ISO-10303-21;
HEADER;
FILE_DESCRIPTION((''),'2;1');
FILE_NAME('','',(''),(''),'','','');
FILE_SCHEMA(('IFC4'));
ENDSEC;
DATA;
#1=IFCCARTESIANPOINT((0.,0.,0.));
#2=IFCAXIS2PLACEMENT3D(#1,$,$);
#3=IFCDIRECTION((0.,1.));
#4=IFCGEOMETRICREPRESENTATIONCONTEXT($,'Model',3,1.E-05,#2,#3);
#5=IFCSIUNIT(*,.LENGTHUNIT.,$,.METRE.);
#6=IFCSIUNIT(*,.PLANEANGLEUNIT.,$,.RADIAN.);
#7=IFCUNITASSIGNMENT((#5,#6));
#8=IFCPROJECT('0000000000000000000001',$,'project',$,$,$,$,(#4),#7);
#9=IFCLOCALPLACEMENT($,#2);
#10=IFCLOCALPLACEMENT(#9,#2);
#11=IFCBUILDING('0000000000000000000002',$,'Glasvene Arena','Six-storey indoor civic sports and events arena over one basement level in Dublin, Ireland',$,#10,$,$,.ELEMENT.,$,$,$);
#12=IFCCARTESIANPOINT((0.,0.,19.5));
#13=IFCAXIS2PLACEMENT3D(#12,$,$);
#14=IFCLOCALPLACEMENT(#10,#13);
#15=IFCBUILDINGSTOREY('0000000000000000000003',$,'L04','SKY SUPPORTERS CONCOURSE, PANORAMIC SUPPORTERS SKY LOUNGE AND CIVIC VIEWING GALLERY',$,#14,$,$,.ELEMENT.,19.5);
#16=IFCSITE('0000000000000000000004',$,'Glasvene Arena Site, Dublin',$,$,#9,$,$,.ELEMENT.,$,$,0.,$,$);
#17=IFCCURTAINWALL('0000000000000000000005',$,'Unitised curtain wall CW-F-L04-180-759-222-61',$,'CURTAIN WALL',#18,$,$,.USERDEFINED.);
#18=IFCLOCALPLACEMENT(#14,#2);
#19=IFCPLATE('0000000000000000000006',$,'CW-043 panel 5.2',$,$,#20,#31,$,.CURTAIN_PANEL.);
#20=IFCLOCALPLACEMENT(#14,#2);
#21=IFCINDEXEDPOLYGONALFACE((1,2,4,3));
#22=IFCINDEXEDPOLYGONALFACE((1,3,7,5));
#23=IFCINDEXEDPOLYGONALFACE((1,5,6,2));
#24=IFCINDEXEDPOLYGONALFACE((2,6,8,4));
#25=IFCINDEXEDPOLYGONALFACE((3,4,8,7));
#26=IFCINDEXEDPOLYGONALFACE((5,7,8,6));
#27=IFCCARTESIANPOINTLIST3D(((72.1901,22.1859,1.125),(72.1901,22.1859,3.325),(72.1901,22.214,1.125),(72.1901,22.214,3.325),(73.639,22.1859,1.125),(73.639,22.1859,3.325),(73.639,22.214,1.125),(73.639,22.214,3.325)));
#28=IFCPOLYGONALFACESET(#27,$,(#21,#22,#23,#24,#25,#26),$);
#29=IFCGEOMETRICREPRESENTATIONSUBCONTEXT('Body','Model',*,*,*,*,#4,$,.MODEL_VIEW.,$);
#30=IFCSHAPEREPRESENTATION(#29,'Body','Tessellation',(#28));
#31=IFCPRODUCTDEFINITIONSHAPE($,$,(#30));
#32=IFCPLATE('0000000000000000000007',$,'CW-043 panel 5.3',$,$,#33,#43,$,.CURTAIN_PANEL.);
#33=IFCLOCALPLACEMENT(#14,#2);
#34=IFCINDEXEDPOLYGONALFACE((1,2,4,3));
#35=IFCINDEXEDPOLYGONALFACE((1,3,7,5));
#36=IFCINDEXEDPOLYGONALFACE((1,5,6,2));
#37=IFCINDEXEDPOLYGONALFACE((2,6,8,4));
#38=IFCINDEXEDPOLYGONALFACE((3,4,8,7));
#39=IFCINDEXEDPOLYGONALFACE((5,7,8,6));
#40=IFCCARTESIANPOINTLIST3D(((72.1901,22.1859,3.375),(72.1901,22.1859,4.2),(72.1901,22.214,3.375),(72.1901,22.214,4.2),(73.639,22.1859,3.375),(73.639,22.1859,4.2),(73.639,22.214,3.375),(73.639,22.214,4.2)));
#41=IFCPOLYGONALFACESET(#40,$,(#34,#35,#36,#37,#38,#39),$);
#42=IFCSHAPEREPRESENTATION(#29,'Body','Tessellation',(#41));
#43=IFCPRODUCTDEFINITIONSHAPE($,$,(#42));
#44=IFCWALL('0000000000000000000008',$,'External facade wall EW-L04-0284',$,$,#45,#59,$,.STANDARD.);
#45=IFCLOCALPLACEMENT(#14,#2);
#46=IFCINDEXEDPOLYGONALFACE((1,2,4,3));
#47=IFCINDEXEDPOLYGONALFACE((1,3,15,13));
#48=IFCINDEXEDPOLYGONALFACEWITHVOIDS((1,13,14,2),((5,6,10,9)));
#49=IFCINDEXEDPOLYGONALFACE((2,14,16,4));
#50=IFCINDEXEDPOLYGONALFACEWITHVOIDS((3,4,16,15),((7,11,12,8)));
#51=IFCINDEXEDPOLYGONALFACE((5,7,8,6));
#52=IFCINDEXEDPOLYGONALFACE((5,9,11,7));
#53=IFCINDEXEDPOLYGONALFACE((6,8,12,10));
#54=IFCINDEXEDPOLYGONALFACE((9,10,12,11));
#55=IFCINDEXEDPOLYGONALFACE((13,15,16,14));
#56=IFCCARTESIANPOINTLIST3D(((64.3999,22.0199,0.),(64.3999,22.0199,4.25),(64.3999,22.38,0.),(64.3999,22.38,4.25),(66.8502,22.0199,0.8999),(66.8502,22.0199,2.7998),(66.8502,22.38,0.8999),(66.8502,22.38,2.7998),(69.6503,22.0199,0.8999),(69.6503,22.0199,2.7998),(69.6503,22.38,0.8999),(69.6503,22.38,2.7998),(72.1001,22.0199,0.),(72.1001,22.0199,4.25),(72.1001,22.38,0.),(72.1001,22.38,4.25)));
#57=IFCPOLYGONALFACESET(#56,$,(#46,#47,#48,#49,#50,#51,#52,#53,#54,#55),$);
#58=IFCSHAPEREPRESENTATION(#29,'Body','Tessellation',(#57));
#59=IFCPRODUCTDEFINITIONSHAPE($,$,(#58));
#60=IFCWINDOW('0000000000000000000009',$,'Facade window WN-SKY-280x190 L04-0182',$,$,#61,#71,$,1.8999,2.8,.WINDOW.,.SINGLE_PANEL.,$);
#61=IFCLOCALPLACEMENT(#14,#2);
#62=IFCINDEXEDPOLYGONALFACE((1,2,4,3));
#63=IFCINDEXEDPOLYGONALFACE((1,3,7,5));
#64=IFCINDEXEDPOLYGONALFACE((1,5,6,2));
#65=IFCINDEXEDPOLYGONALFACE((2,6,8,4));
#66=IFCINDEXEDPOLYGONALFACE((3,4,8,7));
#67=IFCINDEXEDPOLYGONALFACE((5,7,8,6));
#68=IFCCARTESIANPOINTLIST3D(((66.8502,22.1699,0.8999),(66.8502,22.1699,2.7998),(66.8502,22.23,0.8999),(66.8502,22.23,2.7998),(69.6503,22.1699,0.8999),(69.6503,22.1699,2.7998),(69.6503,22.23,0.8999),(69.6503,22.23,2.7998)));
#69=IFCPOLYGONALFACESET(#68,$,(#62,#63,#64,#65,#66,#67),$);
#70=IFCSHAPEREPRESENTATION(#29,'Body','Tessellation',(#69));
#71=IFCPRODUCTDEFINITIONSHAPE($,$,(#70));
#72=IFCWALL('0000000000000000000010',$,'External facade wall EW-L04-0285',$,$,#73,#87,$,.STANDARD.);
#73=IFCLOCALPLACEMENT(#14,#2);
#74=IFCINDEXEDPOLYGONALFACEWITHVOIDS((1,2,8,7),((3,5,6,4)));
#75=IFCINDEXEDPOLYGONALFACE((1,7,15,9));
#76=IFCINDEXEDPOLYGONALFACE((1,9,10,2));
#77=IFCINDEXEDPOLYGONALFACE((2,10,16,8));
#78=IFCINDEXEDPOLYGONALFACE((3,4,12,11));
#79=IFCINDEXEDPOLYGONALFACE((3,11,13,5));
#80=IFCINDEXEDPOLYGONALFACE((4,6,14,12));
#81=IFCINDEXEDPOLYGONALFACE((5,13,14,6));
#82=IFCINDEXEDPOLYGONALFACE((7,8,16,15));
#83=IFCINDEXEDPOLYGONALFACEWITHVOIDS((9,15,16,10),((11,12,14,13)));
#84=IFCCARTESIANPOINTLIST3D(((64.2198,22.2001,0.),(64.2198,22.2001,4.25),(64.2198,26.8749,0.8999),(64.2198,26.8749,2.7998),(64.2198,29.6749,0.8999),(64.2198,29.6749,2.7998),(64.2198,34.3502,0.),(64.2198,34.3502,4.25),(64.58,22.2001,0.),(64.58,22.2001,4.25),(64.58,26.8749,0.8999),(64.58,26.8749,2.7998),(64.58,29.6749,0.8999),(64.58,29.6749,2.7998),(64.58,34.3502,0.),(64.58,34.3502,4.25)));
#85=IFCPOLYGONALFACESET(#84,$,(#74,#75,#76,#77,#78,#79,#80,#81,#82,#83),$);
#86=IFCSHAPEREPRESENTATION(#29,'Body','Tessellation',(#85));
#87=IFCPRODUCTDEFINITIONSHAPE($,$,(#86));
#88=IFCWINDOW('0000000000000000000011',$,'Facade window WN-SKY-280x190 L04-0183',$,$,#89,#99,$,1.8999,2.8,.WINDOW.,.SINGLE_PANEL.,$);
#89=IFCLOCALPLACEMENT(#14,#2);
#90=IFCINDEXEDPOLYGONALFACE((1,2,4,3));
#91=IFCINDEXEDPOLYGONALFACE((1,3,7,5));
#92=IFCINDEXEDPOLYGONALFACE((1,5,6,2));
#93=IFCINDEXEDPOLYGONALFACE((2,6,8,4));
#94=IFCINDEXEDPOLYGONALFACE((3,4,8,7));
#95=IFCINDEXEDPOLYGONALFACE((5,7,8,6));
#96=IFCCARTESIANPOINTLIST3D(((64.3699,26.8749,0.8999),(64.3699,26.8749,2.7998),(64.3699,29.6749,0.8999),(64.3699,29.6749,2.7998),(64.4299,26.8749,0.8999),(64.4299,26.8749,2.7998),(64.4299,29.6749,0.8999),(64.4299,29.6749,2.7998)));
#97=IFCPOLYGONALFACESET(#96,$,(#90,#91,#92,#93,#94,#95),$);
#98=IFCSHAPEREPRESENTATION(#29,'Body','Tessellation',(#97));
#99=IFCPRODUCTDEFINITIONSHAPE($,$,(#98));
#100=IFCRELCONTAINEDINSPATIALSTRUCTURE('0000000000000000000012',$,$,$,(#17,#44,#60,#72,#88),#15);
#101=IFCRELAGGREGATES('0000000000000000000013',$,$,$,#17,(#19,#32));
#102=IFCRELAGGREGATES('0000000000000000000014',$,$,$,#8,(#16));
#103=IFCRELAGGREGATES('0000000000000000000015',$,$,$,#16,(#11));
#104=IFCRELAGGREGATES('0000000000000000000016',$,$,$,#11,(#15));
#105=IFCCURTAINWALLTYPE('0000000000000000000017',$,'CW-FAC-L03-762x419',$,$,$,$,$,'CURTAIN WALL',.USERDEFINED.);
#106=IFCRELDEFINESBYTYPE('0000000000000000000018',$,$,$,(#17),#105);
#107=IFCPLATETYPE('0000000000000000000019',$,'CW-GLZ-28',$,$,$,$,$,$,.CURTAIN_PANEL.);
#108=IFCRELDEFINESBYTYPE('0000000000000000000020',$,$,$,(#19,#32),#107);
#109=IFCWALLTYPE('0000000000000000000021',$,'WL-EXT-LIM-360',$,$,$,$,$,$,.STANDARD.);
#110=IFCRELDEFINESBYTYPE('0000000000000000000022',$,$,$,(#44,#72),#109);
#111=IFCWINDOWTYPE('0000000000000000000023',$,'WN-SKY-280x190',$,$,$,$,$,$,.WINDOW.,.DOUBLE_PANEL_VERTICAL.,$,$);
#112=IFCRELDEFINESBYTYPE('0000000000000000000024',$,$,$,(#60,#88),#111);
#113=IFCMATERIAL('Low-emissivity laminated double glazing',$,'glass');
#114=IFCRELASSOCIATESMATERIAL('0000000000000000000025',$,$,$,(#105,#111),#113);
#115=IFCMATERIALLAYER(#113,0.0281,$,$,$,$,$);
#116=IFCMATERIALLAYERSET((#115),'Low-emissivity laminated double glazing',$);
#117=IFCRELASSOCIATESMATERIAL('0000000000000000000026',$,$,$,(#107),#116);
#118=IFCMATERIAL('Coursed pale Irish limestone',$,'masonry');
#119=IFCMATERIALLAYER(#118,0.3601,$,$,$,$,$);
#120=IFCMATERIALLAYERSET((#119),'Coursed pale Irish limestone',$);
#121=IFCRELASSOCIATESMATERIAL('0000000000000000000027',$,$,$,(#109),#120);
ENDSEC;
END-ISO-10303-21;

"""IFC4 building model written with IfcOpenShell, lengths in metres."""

from ifc_helpers import new_model, si_unit, direction, frame, frame_2d, origin, origin_2d, place, context, subcontext, project, spatial, rectangle, extrude, material, layer, layer_set, type_object, element, fill, aggregate, save


model = new_model("IFC4")

# Units and contexts
model_context = context("Model", 3, precision=1e-05, world=origin(), true_north=direction((0.0, 1.0)))
body_context = subcontext(model_context, "Body", "Model", "MODEL_VIEW")
ifc_project = project(units=[si_unit("LENGTHUNIT", "METRE"), si_unit("PLANEANGLEUNIT", "RADIAN")], contexts=[model_context])

# Site, building, storey
site_placement = place(None, origin())
site = spatial("IfcSite", under=ifc_project, at=site_placement, Name="Glasvene Arena Site, Dublin", CompositionType="ELEMENT", RefElevation=0.0)
building_placement = place(site_placement, origin())
building = spatial("IfcBuilding", under=site, at=building_placement, Name="Glasvene Arena", Description="Six-storey indoor civic sports and events arena over one basement level in Dublin, Ireland", CompositionType="ELEMENT")
storey_placement = place(building_placement, frame((0.0, 0.0, 19.5)))
storey = spatial("IfcBuildingStorey", under=building, at=storey_placement, Name="L04", Description="SKY SUPPORTERS CONCOURSE, PANORAMIC SUPPORTERS SKY LOUNGE AND CIVIC VIEWING GALLERY", CompositionType="ELEMENT", Elevation=19.5)

# Curtain wall, plates
ifc_material_1 = material(Name="Low-emissivity laminated double glazing", Category="glass")
curtain_wall_type = type_object("IfcCurtainWallType", Name="CW-FAC-L03-762x419", ElementType="CURTAIN WALL", PredefinedType="USERDEFINED", material=ifc_material_1)
curtain_wall_placement = place(storey_placement, frame((79.76, 22.2, 0.0)))
curtain_wall = element("IfcCurtainWall", 1, at=curtain_wall_placement, inside=storey, type_object=curtain_wall_type, Name="Unitised curtain wall CW-F-L04-180-759-222-61", ObjectType="CURTAIN WALL", PredefinedType="USERDEFINED")
ifc_layer_1 = layer(ifc_material_1, 0.0281)
ifc_layer_set_1 = layer_set([ifc_layer_1], Name="Low-emissivity laminated double glazing")
plate_type = type_object("IfcPlateType", Name="CW-GLZ-28", PredefinedType="CURTAIN_PANEL", material=ifc_layer_set_1)
plate_1_placement = place(storey_placement, frame((72.9146, 22.2, 1.125), z_axis=(0.0, 0.0, 1.0), x_axis=(-1.0, 0.0, 0.0)))
plate_1 = element("IfcPlate", 2, at=plate_1_placement, type_object=plate_type, Name="CW-043 panel 5.2", PredefinedType="CURTAIN_PANEL", context=body_context, shape_type="SweptSolid", body=[
    extrude(rectangle(XDim=1.449, YDim=0.0281, at=origin_2d()), origin(), (0.0, 0.0, 1.0), 2.2),
])
plate_2_placement = place(storey_placement, frame((72.9146, 22.2, 3.375), z_axis=(0.0, 0.0, 1.0), x_axis=(-1.0, 0.0, 0.0)))
plate_2 = element("IfcPlate", 3, at=plate_2_placement, type_object=plate_type, Name="CW-043 panel 5.3", PredefinedType="CURTAIN_PANEL", context=body_context, shape_type="SweptSolid", body=[
    extrude(rectangle(XDim=1.449, YDim=0.0281, at=origin_2d()), origin(), (0.0, 0.0, 1.0), 0.825),
])
aggregate(curtain_wall, [plate_1, plate_2])

# Walls, openings, windows
ifc_material_2 = material(Name="Coursed pale Irish limestone", Category="masonry")
ifc_layer_2 = layer(ifc_material_2, 0.3601)
ifc_layer_set_2 = layer_set([ifc_layer_2], Name="Coursed pale Irish limestone")
wall_type = type_object("IfcWallType", Name="WL-EXT-LIM-360", PredefinedType="STANDARD", material=ifc_layer_set_2)
wall_1_placement = place(storey_placement, frame((72.1001, 22.2, 0.0), z_axis=(0.0, 0.0, 1.0), x_axis=(-1.0, 0.0, 0.0)))
wall_1 = element("IfcWall", 4, at=wall_1_placement, inside=storey, type_object=wall_type, Name="External facade wall EW-L04-0284", PredefinedType="STANDARD", context=body_context, shape_type="SweptSolid", body=[
    extrude(rectangle(XDim=7.7002, YDim=0.3601, at=frame_2d((3.8501, 0.0))), origin(), (0.0, 0.0, 1.0), 4.25),
])
opening_1_placement = place(wall_1_placement, frame((2.45, 0.0, 0.8999)))
opening_1 = element("IfcOpeningElement", 5, at=opening_1_placement, cuts=wall_1, PredefinedType="OPENING", context=body_context, shape_type="SweptSolid", body=[
    extrude(rectangle(XDim=2.8, YDim=1.8999, at=frame_2d((1.3999, 0.95))), frame((0.0, 0.1899, 0.0), z_axis=(0.0, -1.0, 0.0), x_axis=(1.0, 0.0, 0.0)), (0.0, 0.0, 1.0), 0.3801),
])
window_type = type_object("IfcWindowType", Name="WN-SKY-280x190", PartitioningType="DOUBLE_PANEL_VERTICAL", PredefinedType="WINDOW", material=ifc_material_1)
window_1_placement = place(opening_1_placement, origin())
window_1 = element("IfcWindow", 6, at=window_1_placement, inside=storey, type_object=window_type, Name="Facade window WN-SKY-280x190 L04-0182", OverallHeight=1.8999, OverallWidth=2.8, PartitioningType="SINGLE_PANEL", PredefinedType="WINDOW", context=body_context, shape_type="SweptSolid", body=[
    extrude(rectangle(XDim=2.8, YDim=1.8999, at=frame_2d((1.3999, 0.95))), frame((0.0, 0.03, 0.0), z_axis=(0.0, -1.0, 0.0), x_axis=(1.0, 0.0, 0.0)), (0.0, 0.0, 1.0), 0.0601),
])
fill(opening_1, window_1)
wall_2_placement = place(storey_placement, frame((64.3999, 22.2, 0.0), z_axis=(0.0, 0.0, 1.0), x_axis=(0.0, 1.0, 0.0)))
wall_2 = element("IfcWall", 7, at=wall_2_placement, inside=storey, type_object=wall_type, Name="External facade wall EW-L04-0285", PredefinedType="STANDARD", context=body_context, shape_type="SweptSolid", body=[
    extrude(rectangle(XDim=12.1501, YDim=0.3601, at=frame_2d((6.0752, 0.0))), origin(), (0.0, 0.0, 1.0), 4.25),
])
opening_2_placement = place(wall_2_placement, frame((4.675, 0.0, 0.8999)))
opening_2 = element("IfcOpeningElement", 8, at=opening_2_placement, cuts=wall_2, PredefinedType="OPENING", context=body_context, shape_type="SweptSolid", body=[
    extrude(rectangle(XDim=2.8, YDim=1.8999, at=frame_2d((1.3999, 0.95))), frame((0.0, 0.1899, 0.0), z_axis=(0.0, -1.0, 0.0), x_axis=(1.0, 0.0, 0.0)), (0.0, 0.0, 1.0), 0.3801),
])
window_2_placement = place(opening_2_placement, origin())
window_2 = element("IfcWindow", 9, at=window_2_placement, inside=storey, type_object=window_type, Name="Facade window WN-SKY-280x190 L04-0183", OverallHeight=1.8999, OverallWidth=2.8, PartitioningType="SINGLE_PANEL", PredefinedType="WINDOW", context=body_context, shape_type="SweptSolid", body=[
    extrude(rectangle(XDim=2.8, YDim=1.8999, at=frame_2d((1.3999, 0.95))), frame((0.0, 0.03, 0.0), z_axis=(0.0, -1.0, 0.0), x_axis=(1.0, 0.0, 0.0)), (0.0, 0.0, 1.0), 0.0601),
])
fill(opening_2, window_2)

save(model, "model.ifc")
